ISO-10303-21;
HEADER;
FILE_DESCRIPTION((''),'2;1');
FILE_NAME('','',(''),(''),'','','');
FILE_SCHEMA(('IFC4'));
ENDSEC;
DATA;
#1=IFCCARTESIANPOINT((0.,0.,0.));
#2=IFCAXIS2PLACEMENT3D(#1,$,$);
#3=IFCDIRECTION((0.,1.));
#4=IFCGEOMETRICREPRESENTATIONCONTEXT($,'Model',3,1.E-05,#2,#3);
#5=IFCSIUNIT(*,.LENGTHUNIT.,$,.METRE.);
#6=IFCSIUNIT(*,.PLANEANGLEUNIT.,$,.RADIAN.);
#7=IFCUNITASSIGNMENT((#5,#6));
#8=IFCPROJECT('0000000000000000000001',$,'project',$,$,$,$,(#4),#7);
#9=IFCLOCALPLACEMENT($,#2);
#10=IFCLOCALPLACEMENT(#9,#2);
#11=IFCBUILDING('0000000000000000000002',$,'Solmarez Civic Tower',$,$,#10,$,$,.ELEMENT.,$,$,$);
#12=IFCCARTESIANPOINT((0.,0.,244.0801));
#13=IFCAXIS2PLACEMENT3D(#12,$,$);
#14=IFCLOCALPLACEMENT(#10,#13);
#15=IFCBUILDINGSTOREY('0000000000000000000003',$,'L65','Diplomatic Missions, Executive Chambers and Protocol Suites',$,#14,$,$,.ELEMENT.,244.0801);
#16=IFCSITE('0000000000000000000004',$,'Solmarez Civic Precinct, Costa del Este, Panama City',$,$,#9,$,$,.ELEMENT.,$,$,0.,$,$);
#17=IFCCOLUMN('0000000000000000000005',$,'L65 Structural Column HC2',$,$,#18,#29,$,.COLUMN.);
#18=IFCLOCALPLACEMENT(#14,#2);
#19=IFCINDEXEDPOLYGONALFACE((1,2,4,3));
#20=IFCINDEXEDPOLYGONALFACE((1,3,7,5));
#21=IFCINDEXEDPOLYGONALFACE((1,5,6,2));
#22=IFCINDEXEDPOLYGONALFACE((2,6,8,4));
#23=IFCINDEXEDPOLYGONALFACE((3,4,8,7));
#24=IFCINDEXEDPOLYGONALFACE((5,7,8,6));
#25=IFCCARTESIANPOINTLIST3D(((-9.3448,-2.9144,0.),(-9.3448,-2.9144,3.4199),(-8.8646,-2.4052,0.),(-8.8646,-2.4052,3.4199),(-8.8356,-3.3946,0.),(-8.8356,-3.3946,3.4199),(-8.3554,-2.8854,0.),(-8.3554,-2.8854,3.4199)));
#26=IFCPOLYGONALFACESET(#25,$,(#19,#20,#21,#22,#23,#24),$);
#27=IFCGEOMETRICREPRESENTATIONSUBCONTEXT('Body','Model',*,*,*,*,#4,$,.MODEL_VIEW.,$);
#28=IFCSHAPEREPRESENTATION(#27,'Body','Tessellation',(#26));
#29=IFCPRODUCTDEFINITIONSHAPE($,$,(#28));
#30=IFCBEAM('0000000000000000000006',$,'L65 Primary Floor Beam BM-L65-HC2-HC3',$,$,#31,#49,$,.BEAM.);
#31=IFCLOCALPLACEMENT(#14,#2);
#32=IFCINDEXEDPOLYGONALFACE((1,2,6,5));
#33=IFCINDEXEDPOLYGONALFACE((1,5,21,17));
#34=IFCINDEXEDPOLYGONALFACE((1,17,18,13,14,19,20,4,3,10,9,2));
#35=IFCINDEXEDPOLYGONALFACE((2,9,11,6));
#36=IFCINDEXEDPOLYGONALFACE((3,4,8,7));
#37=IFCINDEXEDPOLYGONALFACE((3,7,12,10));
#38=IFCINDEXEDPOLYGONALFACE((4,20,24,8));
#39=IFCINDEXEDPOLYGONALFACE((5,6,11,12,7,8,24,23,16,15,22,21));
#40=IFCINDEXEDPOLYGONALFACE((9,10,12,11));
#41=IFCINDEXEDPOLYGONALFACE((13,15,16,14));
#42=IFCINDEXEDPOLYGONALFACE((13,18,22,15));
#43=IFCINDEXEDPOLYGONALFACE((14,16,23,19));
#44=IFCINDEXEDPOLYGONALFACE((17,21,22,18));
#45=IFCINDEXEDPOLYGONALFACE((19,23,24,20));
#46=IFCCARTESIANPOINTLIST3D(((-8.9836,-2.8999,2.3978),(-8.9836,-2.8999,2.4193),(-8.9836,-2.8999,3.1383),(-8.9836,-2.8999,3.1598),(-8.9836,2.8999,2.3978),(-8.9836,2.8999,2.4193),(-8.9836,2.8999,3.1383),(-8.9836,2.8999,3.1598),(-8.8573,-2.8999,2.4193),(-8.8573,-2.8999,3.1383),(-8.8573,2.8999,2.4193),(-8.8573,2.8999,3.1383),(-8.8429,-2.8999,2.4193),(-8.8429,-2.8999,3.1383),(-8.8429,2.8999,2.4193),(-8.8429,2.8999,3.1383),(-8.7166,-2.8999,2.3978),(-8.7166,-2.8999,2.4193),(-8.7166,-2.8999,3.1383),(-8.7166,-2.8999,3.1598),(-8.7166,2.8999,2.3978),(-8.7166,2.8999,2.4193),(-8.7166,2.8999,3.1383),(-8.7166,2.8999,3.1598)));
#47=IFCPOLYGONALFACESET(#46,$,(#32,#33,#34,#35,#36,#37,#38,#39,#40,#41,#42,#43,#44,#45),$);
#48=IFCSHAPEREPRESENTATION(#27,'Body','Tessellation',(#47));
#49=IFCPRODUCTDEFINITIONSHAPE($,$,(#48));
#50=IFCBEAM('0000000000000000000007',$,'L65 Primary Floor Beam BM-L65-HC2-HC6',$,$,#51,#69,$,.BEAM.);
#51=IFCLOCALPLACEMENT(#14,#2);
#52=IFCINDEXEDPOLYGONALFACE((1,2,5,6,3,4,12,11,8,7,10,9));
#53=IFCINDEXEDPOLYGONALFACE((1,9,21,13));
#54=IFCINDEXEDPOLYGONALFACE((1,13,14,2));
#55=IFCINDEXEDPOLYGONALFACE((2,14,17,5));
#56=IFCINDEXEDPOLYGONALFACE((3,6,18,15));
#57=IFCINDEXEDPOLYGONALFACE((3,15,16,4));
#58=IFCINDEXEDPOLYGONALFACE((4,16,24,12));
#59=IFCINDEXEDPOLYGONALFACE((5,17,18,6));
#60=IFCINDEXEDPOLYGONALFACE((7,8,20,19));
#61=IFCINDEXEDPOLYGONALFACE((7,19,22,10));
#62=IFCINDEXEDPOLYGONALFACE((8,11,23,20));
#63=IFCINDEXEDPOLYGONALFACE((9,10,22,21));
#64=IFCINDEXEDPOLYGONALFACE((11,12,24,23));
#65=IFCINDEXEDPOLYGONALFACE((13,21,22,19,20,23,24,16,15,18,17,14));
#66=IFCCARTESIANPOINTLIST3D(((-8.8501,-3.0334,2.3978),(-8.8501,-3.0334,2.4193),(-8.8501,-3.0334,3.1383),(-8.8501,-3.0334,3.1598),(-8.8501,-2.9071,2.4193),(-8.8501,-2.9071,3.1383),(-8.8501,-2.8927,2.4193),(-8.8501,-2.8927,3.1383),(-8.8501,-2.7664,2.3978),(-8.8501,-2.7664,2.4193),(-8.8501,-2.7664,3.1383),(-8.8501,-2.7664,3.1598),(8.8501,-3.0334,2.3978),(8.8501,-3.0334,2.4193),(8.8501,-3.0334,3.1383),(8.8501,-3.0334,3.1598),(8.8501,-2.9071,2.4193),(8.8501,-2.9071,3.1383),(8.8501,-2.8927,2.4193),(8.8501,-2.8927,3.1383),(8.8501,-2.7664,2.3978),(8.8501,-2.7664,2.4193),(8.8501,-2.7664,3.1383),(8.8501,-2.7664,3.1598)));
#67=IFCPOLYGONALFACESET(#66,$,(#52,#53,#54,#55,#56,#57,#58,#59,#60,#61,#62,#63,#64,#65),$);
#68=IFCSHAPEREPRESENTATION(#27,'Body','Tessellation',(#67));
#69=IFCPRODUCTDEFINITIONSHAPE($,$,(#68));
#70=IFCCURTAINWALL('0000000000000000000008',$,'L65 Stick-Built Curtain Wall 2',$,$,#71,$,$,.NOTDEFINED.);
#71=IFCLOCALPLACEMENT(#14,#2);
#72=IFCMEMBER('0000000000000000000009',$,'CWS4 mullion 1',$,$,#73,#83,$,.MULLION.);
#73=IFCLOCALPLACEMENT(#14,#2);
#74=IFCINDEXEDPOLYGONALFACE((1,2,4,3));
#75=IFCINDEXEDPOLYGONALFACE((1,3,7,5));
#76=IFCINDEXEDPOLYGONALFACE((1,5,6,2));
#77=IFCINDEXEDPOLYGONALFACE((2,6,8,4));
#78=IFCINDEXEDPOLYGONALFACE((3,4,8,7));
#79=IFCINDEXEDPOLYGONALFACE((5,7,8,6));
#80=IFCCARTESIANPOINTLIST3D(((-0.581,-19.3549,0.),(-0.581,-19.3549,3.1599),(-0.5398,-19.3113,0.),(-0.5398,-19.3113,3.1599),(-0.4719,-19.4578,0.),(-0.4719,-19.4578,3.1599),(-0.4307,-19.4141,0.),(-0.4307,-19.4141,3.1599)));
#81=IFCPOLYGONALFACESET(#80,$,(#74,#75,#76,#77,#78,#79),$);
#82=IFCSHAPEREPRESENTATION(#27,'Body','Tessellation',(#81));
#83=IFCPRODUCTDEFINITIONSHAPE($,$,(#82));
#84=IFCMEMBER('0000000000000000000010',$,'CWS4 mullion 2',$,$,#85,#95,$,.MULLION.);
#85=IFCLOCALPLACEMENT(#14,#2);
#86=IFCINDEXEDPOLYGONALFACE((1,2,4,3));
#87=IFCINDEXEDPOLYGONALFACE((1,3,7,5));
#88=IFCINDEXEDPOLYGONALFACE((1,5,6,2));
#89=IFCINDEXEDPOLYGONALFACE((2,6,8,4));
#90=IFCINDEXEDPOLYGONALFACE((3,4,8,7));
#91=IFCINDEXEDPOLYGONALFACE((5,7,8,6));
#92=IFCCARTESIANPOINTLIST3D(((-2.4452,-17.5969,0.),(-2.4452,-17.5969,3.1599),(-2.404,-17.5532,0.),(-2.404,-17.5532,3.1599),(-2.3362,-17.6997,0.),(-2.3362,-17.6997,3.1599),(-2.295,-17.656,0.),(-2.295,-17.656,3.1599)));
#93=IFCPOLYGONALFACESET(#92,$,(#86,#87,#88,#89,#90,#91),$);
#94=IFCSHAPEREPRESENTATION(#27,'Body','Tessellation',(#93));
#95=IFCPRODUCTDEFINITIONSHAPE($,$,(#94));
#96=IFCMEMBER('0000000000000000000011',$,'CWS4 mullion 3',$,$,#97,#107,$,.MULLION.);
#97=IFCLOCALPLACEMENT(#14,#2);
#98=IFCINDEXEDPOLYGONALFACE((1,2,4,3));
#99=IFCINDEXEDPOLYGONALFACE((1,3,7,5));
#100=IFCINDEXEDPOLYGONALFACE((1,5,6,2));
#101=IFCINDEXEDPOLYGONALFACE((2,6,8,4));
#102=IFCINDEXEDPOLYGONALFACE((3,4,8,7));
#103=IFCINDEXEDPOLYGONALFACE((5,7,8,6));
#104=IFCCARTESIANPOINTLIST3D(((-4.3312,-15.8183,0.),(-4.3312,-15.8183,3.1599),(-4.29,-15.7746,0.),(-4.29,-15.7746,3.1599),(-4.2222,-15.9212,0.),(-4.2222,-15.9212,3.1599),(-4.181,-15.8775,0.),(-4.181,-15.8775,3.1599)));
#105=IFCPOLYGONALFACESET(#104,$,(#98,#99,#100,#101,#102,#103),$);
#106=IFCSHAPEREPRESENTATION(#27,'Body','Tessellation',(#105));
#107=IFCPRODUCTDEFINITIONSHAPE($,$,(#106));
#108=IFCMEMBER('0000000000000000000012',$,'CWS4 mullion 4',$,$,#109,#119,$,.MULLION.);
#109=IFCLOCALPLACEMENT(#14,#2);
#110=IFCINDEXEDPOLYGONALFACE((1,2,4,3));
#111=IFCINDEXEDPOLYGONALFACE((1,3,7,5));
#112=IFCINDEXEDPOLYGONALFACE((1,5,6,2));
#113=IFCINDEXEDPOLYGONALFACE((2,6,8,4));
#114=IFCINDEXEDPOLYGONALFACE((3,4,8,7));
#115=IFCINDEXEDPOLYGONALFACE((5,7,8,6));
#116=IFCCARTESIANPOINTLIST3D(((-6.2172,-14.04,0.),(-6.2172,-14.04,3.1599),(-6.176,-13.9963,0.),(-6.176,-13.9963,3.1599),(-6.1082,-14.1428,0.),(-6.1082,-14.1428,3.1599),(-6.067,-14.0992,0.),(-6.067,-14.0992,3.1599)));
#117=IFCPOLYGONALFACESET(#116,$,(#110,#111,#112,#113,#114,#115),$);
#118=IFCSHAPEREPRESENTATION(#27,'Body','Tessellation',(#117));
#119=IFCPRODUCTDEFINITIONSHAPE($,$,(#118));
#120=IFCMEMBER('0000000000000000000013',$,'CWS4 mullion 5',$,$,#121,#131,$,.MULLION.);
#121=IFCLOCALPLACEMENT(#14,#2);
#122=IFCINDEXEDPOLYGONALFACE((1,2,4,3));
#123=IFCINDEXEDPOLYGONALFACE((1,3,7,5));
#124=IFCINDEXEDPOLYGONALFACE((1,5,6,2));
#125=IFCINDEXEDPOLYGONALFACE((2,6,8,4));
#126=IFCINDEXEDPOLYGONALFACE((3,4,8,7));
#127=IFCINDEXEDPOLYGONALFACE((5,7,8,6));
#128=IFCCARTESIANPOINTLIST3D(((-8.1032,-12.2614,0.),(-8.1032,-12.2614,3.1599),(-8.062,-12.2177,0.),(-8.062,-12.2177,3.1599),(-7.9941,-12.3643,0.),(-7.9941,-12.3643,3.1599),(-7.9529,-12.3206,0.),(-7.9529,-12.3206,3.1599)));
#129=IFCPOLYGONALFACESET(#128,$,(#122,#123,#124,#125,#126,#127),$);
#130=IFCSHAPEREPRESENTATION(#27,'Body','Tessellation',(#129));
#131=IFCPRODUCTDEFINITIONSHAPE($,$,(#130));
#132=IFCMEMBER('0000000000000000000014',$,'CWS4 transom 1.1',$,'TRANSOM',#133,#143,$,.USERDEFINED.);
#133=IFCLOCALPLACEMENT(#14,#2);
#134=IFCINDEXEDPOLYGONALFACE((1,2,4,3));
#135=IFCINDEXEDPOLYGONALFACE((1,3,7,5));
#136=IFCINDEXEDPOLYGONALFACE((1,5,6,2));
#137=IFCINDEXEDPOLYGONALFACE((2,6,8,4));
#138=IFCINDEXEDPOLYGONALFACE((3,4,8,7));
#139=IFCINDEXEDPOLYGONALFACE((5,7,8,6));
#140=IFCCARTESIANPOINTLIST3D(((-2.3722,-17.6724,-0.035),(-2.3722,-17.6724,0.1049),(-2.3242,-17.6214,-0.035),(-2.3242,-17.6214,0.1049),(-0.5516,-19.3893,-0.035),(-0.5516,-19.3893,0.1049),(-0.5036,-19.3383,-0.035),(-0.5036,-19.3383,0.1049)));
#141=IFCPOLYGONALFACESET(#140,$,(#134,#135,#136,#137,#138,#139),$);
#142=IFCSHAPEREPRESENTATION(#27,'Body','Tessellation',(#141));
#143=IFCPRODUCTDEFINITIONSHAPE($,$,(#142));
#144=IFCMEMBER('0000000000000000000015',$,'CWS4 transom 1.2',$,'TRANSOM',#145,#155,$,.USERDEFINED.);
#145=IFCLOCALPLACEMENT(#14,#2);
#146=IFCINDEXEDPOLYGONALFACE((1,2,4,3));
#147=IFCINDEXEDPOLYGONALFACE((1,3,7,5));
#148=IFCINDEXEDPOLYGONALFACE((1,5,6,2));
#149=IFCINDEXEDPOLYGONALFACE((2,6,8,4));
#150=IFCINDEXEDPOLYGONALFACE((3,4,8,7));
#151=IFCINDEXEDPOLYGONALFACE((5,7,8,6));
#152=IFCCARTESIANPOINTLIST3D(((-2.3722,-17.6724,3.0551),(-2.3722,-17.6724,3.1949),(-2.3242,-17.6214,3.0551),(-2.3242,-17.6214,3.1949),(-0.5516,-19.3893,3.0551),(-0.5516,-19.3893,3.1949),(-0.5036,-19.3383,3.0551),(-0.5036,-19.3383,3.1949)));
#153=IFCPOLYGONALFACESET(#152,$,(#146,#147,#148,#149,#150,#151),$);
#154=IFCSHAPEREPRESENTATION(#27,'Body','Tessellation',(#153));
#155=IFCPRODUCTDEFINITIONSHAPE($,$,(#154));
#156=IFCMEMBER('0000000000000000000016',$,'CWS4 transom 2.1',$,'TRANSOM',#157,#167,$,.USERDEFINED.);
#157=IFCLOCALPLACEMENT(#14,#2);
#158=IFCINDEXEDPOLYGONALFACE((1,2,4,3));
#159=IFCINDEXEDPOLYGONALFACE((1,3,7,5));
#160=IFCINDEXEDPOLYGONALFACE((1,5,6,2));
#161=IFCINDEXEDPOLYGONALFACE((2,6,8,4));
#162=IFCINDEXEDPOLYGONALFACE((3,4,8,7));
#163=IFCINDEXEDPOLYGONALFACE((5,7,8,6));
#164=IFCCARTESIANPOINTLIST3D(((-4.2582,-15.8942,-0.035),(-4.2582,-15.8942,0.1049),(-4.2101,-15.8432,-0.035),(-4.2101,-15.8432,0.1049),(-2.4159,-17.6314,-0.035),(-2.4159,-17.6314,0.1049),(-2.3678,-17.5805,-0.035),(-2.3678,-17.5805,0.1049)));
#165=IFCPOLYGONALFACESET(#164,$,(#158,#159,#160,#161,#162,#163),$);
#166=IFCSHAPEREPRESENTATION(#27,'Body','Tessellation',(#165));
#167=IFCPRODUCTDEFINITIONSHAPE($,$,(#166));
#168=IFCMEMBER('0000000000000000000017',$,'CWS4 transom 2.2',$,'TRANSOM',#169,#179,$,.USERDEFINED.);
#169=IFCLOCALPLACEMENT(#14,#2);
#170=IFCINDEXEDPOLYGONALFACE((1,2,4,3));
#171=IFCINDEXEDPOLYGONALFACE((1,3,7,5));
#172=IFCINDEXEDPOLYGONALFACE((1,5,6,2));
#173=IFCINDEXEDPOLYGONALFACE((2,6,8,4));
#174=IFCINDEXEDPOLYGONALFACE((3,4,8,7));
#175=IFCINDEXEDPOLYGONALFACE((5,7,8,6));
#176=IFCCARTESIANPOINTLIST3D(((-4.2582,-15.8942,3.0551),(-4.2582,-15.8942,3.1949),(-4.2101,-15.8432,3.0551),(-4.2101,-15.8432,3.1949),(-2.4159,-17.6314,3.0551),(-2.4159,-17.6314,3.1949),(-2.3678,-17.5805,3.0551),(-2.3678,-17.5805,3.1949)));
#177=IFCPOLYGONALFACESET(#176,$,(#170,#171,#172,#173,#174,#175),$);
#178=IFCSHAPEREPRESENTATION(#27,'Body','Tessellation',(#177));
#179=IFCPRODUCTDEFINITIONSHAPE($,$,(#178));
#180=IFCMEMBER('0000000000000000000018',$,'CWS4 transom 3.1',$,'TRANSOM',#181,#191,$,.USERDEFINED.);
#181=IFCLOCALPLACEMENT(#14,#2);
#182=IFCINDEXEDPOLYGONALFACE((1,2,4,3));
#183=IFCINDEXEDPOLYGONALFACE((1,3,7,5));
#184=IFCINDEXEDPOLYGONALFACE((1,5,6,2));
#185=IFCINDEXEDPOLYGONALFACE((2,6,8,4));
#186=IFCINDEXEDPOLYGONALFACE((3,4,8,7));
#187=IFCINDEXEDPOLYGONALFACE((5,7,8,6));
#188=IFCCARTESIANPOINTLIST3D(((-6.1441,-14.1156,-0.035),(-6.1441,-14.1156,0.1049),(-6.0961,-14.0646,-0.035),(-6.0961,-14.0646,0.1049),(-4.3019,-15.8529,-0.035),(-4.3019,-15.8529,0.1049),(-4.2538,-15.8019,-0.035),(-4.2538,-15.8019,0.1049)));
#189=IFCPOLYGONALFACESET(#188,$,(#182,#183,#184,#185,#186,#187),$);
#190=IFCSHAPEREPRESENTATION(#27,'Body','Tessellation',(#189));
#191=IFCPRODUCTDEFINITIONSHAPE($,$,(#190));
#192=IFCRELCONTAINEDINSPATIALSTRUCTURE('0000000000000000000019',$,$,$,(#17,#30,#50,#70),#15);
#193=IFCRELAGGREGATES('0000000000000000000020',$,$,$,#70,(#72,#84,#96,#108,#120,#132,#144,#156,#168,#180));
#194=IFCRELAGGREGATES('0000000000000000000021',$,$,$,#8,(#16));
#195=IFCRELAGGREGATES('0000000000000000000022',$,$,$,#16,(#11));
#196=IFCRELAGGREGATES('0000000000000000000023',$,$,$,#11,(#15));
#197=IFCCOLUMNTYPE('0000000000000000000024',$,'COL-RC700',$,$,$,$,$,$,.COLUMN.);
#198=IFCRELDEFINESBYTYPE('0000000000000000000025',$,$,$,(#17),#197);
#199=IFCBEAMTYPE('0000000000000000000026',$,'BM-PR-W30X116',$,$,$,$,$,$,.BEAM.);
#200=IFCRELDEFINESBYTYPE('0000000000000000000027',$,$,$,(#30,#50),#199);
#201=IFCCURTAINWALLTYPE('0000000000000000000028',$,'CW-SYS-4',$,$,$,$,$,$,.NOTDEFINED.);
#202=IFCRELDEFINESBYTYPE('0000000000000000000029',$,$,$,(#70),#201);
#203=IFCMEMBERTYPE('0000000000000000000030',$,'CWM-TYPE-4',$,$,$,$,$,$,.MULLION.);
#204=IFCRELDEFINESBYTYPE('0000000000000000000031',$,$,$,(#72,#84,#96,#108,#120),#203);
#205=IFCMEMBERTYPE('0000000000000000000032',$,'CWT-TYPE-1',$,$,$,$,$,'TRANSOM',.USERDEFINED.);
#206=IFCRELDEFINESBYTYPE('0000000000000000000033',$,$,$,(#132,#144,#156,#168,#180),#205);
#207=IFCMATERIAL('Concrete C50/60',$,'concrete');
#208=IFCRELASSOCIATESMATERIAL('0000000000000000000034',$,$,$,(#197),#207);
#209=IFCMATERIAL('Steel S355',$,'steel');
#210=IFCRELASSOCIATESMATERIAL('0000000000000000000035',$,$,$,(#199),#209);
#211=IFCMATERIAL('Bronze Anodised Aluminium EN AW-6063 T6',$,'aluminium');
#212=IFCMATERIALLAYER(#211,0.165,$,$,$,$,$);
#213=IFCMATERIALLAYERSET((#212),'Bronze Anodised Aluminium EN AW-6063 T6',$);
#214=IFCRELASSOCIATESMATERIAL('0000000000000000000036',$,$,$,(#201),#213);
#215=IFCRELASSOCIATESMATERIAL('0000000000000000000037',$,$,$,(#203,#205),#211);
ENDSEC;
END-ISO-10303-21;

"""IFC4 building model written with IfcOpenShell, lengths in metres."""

from ifc_helpers import new_model, si_unit, direction, frame, origin, origin_2d, place, context, subcontext, project, spatial, rectangle, i_section, extrude, material, layer, layer_set, material_profile, profile_set, type_object, element, aggregate, save


model = new_model("IFC4")

# Units and contexts
model_context = context("Model", 3, precision=1e-05, world=origin(), true_north=direction((0.0, 1.0)))
body_context = subcontext(model_context, "Body", "Model", "MODEL_VIEW")
ifc_project = project(units=[si_unit("LENGTHUNIT", "METRE"), si_unit("PLANEANGLEUNIT", "RADIAN")], contexts=[model_context])

# Site, building, storey
site_placement = place(None, origin())
site = spatial("IfcSite", under=ifc_project, at=site_placement, Name="Solmarez Civic Precinct, Costa del Este, Panama City", CompositionType="ELEMENT", RefElevation=0.0)
building_placement = place(site_placement, origin())
building = spatial("IfcBuilding", under=site, at=building_placement, Name="Solmarez Civic Tower", CompositionType="ELEMENT")
storey_placement = place(building_placement, frame((0.0, 0.0, 244.0801)))
storey = spatial("IfcBuildingStorey", under=building, at=storey_placement, Name="L65", Description="Diplomatic Missions, Executive Chambers and Protocol Suites", CompositionType="ELEMENT", Elevation=244.0801)

# Column
ifc_material_1 = material(Name="Concrete C50/60", Category="concrete")
ifc_material_profile_1 = material_profile(ifc_material_1, rectangle(XDim=0.7, YDim=0.7, at=origin_2d()), Name="RC700X700")
ifc_profile_set_1 = profile_set([ifc_material_profile_1], Name="Concrete C50/60")
column_type = type_object("IfcColumnType", Name="COL-RC700", PredefinedType="COLUMN", material=ifc_profile_set_1)
column_placement = place(storey_placement, frame((-8.8501, -2.8999, 0.0), z_axis=(0.0, 0.0, 1.0), x_axis=(0.686072, 0.727533, 0.0)))
element("IfcColumn", 1, at=column_placement, inside=storey, type_object=column_type, Name="L65 Structural Column HC2", PredefinedType="COLUMN", context=body_context, shape_type="SweptSolid", body=[
    extrude(rectangle(XDim=0.7, YDim=0.7, at=origin_2d()), origin(), (0.0, 0.0, 1.0), 3.4199),
])

# Beams
ifc_material_2 = material(Name="Steel S355", Category="steel")
ifc_material_profile_2 = material_profile(ifc_material_2, i_section(OverallWidth=0.2671, OverallDepth=0.762, WebThickness=0.0144, FlangeThickness=0.0215, at=origin_2d()), Name="W30X116")
ifc_profile_set_2 = profile_set([ifc_material_profile_2], Name="Steel S355")
beam_type = type_object("IfcBeamType", Name="BM-PR-W30X116", PredefinedType="BEAM", material=ifc_profile_set_2)
beam_1_placement = place(storey_placement, frame((-8.8501, -2.8999, 2.7788), z_axis=(0.0, 1.0, 0.0), x_axis=(-1.0, 0.0, 0.0)))
element("IfcBeam", 2, at=beam_1_placement, inside=storey, type_object=beam_type, Name="L65 Primary Floor Beam BM-L65-HC2-HC3", PredefinedType="BEAM", context=body_context, shape_type="SweptSolid", body=[
    extrude(i_section(OverallWidth=0.2671, OverallDepth=0.762, WebThickness=0.0144, FlangeThickness=0.0215, at=origin_2d()), origin(), (0.0, 0.0, 1.0), 5.7998),
])
beam_2_placement = place(storey_placement, frame((-8.8501, -2.8999, 2.7788), z_axis=(1.0, 0.0, 0.0), x_axis=(0.0, 1.0, 0.0)))
element("IfcBeam", 3, at=beam_2_placement, inside=storey, type_object=beam_type, Name="L65 Primary Floor Beam BM-L65-HC2-HC6", PredefinedType="BEAM", context=body_context, shape_type="SweptSolid", body=[
    extrude(i_section(OverallWidth=0.2671, OverallDepth=0.762, WebThickness=0.0144, FlangeThickness=0.0215, at=origin_2d()), origin(), (0.0, 0.0, 1.0), 17.7002),
])

# Curtain wall, members
ifc_material_3 = material(Name="Bronze Anodised Aluminium EN AW-6063 T6", Category="aluminium")
ifc_layer_1 = layer(ifc_material_3, 0.165)
ifc_layer_set_1 = layer_set([ifc_layer_1], Name="Bronze Anodised Aluminium EN AW-6063 T6")
curtain_wall_type = type_object("IfcCurtainWallType", Name="CW-SYS-4", PredefinedType="NOTDEFINED", material=ifc_layer_set_1)
curtain_wall_placement = place(storey_placement, origin())
curtain_wall = element("IfcCurtainWall", 4, at=curtain_wall_placement, inside=storey, type_object=curtain_wall_type, Name="L65 Stick-Built Curtain Wall 2", PredefinedType="NOTDEFINED")
ifc_material_profile_3 = material_profile(ifc_material_3, rectangle(XDim=0.0601, YDim=0.1499, at=origin_2d()), Name="CWM-60X150")
ifc_profile_set_3 = profile_set([ifc_material_profile_3], Name="Bronze Anodised Aluminium EN AW-6063 T6")
member_type_1 = type_object("IfcMemberType", Name="CWM-TYPE-4", PredefinedType="MULLION", material=ifc_profile_set_3)
member_1_placement = place(storey_placement, frame((-0.5059, -19.3845, 0.0), z_axis=(0.0, 0.0, 1.0), x_axis=(-0.686068, -0.727537, 0.0)))
member_1 = element("IfcMember", 5, at=member_1_placement, type_object=member_type_1, Name="CWS4 mullion 1", PredefinedType="MULLION", context=body_context, shape_type="SweptSolid", body=[
    extrude(rectangle(XDim=0.0601, YDim=0.1499, at=origin_2d()), origin(), (0.0, 0.0, 1.0), 3.1599),
])
member_2_placement = place(storey_placement, frame((-2.3701, -17.6265, 0.0), z_axis=(0.0, 0.0, 1.0), x_axis=(-0.686068, -0.727537, 0.0)))
member_2 = element("IfcMember", 6, at=member_2_placement, type_object=member_type_1, Name="CWS4 mullion 2", PredefinedType="MULLION", context=body_context, shape_type="SweptSolid", body=[
    extrude(rectangle(XDim=0.0601, YDim=0.1499, at=origin_2d()), origin(), (0.0, 0.0, 1.0), 3.1599),
])
member_3_placement = place(storey_placement, frame((-4.2561, -15.8479, 0.0), z_axis=(0.0, 0.0, 1.0), x_axis=(-0.686068, -0.727537, 0.0)))
member_3 = element("IfcMember", 7, at=member_3_placement, type_object=member_type_1, Name="CWS4 mullion 3", PredefinedType="MULLION", context=body_context, shape_type="SweptSolid", body=[
    extrude(rectangle(XDim=0.0601, YDim=0.1499, at=origin_2d()), origin(), (0.0, 0.0, 1.0), 3.1599),
])
member_4_placement = place(storey_placement, frame((-6.1421, -14.0696, 0.0), z_axis=(0.0, 0.0, 1.0), x_axis=(-0.686068, -0.727537, 0.0)))
member_4 = element("IfcMember", 8, at=member_4_placement, type_object=member_type_1, Name="CWS4 mullion 4", PredefinedType="MULLION", context=body_context, shape_type="SweptSolid", body=[
    extrude(rectangle(XDim=0.0601, YDim=0.1499, at=origin_2d()), origin(), (0.0, 0.0, 1.0), 3.1599),
])
member_5_placement = place(storey_placement, frame((-8.0281, -12.291, 0.0), z_axis=(0.0, 0.0, 1.0), x_axis=(-0.686068, -0.727537, 0.0)))
member_5 = element("IfcMember", 9, at=member_5_placement, type_object=member_type_1, Name="CWS4 mullion 5", PredefinedType="MULLION", context=body_context, shape_type="SweptSolid", body=[
    extrude(rectangle(XDim=0.0601, YDim=0.1499, at=origin_2d()), origin(), (0.0, 0.0, 1.0), 3.1599),
])
ifc_material_profile_4 = material_profile(ifc_material_3, rectangle(XDim=0.0701, YDim=0.1399, at=origin_2d()), Name="CWT-70X140")
ifc_profile_set_4 = profile_set([ifc_material_profile_4], Name="Bronze Anodised Aluminium EN AW-6063 T6")
member_type_2 = type_object("IfcMemberType", Name="CWT-TYPE-1", ElementType="TRANSOM", PredefinedType="USERDEFINED", material=ifc_profile_set_4)
member_6_placement = place(storey_placement, frame((-0.5276, -19.3638, 0.0349), z_axis=(-0.727535, 0.68607, 0.0), x_axis=(-0.68607, -0.727535, 0.0)))
member_6 = element("IfcMember", 10, at=member_6_placement, type_object=member_type_2, Name="CWS4 transom 1.1", ObjectType="TRANSOM", PredefinedType="USERDEFINED", context=body_context, shape_type="SweptSolid", body=[
    extrude(rectangle(XDim=0.0701, YDim=0.1399, at=origin_2d()), origin(), (0.0, 0.0, 1.0), 2.5024),
])
member_7_placement = place(storey_placement, frame((-0.5276, -19.3638, 3.125), z_axis=(-0.727535, 0.68607, 0.0), x_axis=(-0.68607, -0.727535, 0.0)))
member_7 = element("IfcMember", 11, at=member_7_placement, type_object=member_type_2, Name="CWS4 transom 1.2", ObjectType="TRANSOM", PredefinedType="USERDEFINED", context=body_context, shape_type="SweptSolid", body=[
    extrude(rectangle(XDim=0.0701, YDim=0.1399, at=origin_2d()), origin(), (0.0, 0.0, 1.0), 2.5024),
])
member_8_placement = place(storey_placement, frame((-2.3918, -17.606, 0.0349), z_axis=(-0.727532, 0.686074, 0.0), x_axis=(-0.686074, -0.727532, 0.0)))
member_8 = element("IfcMember", 12, at=member_8_placement, type_object=member_type_2, Name="CWS4 transom 2.1", ObjectType="TRANSOM", PredefinedType="USERDEFINED", context=body_context, shape_type="SweptSolid", body=[
    extrude(rectangle(XDim=0.0701, YDim=0.1399, at=origin_2d()), origin(), (0.0, 0.0, 1.0), 2.5322),
])
member_9_placement = place(storey_placement, frame((-2.3918, -17.606, 3.125), z_axis=(-0.727532, 0.686074, 0.0), x_axis=(-0.686074, -0.727532, 0.0)))
member_9 = element("IfcMember", 13, at=member_9_placement, type_object=member_type_2, Name="CWS4 transom 2.2", ObjectType="TRANSOM", PredefinedType="USERDEFINED", context=body_context, shape_type="SweptSolid", body=[
    extrude(rectangle(XDim=0.0701, YDim=0.1399, at=origin_2d()), origin(), (0.0, 0.0, 1.0), 2.5322),
])
member_10_placement = place(storey_placement, frame((-4.2778, -15.8274, 0.0349), z_axis=(-0.727532, 0.686074, 0.0), x_axis=(-0.686074, -0.727532, 0.0)))
member_10 = element("IfcMember", 14, at=member_10_placement, type_object=member_type_2, Name="CWS4 transom 3.1", ObjectType="TRANSOM", PredefinedType="USERDEFINED", context=body_context, shape_type="SweptSolid", body=[
    extrude(rectangle(XDim=0.0701, YDim=0.1399, at=origin_2d()), origin(), (0.0, 0.0, 1.0), 2.5322),
])
aggregate(curtain_wall, [member_1, member_2, member_3, member_4, member_5, member_6, member_7, member_8, member_9, member_10])

save(model, "model.ifc")
